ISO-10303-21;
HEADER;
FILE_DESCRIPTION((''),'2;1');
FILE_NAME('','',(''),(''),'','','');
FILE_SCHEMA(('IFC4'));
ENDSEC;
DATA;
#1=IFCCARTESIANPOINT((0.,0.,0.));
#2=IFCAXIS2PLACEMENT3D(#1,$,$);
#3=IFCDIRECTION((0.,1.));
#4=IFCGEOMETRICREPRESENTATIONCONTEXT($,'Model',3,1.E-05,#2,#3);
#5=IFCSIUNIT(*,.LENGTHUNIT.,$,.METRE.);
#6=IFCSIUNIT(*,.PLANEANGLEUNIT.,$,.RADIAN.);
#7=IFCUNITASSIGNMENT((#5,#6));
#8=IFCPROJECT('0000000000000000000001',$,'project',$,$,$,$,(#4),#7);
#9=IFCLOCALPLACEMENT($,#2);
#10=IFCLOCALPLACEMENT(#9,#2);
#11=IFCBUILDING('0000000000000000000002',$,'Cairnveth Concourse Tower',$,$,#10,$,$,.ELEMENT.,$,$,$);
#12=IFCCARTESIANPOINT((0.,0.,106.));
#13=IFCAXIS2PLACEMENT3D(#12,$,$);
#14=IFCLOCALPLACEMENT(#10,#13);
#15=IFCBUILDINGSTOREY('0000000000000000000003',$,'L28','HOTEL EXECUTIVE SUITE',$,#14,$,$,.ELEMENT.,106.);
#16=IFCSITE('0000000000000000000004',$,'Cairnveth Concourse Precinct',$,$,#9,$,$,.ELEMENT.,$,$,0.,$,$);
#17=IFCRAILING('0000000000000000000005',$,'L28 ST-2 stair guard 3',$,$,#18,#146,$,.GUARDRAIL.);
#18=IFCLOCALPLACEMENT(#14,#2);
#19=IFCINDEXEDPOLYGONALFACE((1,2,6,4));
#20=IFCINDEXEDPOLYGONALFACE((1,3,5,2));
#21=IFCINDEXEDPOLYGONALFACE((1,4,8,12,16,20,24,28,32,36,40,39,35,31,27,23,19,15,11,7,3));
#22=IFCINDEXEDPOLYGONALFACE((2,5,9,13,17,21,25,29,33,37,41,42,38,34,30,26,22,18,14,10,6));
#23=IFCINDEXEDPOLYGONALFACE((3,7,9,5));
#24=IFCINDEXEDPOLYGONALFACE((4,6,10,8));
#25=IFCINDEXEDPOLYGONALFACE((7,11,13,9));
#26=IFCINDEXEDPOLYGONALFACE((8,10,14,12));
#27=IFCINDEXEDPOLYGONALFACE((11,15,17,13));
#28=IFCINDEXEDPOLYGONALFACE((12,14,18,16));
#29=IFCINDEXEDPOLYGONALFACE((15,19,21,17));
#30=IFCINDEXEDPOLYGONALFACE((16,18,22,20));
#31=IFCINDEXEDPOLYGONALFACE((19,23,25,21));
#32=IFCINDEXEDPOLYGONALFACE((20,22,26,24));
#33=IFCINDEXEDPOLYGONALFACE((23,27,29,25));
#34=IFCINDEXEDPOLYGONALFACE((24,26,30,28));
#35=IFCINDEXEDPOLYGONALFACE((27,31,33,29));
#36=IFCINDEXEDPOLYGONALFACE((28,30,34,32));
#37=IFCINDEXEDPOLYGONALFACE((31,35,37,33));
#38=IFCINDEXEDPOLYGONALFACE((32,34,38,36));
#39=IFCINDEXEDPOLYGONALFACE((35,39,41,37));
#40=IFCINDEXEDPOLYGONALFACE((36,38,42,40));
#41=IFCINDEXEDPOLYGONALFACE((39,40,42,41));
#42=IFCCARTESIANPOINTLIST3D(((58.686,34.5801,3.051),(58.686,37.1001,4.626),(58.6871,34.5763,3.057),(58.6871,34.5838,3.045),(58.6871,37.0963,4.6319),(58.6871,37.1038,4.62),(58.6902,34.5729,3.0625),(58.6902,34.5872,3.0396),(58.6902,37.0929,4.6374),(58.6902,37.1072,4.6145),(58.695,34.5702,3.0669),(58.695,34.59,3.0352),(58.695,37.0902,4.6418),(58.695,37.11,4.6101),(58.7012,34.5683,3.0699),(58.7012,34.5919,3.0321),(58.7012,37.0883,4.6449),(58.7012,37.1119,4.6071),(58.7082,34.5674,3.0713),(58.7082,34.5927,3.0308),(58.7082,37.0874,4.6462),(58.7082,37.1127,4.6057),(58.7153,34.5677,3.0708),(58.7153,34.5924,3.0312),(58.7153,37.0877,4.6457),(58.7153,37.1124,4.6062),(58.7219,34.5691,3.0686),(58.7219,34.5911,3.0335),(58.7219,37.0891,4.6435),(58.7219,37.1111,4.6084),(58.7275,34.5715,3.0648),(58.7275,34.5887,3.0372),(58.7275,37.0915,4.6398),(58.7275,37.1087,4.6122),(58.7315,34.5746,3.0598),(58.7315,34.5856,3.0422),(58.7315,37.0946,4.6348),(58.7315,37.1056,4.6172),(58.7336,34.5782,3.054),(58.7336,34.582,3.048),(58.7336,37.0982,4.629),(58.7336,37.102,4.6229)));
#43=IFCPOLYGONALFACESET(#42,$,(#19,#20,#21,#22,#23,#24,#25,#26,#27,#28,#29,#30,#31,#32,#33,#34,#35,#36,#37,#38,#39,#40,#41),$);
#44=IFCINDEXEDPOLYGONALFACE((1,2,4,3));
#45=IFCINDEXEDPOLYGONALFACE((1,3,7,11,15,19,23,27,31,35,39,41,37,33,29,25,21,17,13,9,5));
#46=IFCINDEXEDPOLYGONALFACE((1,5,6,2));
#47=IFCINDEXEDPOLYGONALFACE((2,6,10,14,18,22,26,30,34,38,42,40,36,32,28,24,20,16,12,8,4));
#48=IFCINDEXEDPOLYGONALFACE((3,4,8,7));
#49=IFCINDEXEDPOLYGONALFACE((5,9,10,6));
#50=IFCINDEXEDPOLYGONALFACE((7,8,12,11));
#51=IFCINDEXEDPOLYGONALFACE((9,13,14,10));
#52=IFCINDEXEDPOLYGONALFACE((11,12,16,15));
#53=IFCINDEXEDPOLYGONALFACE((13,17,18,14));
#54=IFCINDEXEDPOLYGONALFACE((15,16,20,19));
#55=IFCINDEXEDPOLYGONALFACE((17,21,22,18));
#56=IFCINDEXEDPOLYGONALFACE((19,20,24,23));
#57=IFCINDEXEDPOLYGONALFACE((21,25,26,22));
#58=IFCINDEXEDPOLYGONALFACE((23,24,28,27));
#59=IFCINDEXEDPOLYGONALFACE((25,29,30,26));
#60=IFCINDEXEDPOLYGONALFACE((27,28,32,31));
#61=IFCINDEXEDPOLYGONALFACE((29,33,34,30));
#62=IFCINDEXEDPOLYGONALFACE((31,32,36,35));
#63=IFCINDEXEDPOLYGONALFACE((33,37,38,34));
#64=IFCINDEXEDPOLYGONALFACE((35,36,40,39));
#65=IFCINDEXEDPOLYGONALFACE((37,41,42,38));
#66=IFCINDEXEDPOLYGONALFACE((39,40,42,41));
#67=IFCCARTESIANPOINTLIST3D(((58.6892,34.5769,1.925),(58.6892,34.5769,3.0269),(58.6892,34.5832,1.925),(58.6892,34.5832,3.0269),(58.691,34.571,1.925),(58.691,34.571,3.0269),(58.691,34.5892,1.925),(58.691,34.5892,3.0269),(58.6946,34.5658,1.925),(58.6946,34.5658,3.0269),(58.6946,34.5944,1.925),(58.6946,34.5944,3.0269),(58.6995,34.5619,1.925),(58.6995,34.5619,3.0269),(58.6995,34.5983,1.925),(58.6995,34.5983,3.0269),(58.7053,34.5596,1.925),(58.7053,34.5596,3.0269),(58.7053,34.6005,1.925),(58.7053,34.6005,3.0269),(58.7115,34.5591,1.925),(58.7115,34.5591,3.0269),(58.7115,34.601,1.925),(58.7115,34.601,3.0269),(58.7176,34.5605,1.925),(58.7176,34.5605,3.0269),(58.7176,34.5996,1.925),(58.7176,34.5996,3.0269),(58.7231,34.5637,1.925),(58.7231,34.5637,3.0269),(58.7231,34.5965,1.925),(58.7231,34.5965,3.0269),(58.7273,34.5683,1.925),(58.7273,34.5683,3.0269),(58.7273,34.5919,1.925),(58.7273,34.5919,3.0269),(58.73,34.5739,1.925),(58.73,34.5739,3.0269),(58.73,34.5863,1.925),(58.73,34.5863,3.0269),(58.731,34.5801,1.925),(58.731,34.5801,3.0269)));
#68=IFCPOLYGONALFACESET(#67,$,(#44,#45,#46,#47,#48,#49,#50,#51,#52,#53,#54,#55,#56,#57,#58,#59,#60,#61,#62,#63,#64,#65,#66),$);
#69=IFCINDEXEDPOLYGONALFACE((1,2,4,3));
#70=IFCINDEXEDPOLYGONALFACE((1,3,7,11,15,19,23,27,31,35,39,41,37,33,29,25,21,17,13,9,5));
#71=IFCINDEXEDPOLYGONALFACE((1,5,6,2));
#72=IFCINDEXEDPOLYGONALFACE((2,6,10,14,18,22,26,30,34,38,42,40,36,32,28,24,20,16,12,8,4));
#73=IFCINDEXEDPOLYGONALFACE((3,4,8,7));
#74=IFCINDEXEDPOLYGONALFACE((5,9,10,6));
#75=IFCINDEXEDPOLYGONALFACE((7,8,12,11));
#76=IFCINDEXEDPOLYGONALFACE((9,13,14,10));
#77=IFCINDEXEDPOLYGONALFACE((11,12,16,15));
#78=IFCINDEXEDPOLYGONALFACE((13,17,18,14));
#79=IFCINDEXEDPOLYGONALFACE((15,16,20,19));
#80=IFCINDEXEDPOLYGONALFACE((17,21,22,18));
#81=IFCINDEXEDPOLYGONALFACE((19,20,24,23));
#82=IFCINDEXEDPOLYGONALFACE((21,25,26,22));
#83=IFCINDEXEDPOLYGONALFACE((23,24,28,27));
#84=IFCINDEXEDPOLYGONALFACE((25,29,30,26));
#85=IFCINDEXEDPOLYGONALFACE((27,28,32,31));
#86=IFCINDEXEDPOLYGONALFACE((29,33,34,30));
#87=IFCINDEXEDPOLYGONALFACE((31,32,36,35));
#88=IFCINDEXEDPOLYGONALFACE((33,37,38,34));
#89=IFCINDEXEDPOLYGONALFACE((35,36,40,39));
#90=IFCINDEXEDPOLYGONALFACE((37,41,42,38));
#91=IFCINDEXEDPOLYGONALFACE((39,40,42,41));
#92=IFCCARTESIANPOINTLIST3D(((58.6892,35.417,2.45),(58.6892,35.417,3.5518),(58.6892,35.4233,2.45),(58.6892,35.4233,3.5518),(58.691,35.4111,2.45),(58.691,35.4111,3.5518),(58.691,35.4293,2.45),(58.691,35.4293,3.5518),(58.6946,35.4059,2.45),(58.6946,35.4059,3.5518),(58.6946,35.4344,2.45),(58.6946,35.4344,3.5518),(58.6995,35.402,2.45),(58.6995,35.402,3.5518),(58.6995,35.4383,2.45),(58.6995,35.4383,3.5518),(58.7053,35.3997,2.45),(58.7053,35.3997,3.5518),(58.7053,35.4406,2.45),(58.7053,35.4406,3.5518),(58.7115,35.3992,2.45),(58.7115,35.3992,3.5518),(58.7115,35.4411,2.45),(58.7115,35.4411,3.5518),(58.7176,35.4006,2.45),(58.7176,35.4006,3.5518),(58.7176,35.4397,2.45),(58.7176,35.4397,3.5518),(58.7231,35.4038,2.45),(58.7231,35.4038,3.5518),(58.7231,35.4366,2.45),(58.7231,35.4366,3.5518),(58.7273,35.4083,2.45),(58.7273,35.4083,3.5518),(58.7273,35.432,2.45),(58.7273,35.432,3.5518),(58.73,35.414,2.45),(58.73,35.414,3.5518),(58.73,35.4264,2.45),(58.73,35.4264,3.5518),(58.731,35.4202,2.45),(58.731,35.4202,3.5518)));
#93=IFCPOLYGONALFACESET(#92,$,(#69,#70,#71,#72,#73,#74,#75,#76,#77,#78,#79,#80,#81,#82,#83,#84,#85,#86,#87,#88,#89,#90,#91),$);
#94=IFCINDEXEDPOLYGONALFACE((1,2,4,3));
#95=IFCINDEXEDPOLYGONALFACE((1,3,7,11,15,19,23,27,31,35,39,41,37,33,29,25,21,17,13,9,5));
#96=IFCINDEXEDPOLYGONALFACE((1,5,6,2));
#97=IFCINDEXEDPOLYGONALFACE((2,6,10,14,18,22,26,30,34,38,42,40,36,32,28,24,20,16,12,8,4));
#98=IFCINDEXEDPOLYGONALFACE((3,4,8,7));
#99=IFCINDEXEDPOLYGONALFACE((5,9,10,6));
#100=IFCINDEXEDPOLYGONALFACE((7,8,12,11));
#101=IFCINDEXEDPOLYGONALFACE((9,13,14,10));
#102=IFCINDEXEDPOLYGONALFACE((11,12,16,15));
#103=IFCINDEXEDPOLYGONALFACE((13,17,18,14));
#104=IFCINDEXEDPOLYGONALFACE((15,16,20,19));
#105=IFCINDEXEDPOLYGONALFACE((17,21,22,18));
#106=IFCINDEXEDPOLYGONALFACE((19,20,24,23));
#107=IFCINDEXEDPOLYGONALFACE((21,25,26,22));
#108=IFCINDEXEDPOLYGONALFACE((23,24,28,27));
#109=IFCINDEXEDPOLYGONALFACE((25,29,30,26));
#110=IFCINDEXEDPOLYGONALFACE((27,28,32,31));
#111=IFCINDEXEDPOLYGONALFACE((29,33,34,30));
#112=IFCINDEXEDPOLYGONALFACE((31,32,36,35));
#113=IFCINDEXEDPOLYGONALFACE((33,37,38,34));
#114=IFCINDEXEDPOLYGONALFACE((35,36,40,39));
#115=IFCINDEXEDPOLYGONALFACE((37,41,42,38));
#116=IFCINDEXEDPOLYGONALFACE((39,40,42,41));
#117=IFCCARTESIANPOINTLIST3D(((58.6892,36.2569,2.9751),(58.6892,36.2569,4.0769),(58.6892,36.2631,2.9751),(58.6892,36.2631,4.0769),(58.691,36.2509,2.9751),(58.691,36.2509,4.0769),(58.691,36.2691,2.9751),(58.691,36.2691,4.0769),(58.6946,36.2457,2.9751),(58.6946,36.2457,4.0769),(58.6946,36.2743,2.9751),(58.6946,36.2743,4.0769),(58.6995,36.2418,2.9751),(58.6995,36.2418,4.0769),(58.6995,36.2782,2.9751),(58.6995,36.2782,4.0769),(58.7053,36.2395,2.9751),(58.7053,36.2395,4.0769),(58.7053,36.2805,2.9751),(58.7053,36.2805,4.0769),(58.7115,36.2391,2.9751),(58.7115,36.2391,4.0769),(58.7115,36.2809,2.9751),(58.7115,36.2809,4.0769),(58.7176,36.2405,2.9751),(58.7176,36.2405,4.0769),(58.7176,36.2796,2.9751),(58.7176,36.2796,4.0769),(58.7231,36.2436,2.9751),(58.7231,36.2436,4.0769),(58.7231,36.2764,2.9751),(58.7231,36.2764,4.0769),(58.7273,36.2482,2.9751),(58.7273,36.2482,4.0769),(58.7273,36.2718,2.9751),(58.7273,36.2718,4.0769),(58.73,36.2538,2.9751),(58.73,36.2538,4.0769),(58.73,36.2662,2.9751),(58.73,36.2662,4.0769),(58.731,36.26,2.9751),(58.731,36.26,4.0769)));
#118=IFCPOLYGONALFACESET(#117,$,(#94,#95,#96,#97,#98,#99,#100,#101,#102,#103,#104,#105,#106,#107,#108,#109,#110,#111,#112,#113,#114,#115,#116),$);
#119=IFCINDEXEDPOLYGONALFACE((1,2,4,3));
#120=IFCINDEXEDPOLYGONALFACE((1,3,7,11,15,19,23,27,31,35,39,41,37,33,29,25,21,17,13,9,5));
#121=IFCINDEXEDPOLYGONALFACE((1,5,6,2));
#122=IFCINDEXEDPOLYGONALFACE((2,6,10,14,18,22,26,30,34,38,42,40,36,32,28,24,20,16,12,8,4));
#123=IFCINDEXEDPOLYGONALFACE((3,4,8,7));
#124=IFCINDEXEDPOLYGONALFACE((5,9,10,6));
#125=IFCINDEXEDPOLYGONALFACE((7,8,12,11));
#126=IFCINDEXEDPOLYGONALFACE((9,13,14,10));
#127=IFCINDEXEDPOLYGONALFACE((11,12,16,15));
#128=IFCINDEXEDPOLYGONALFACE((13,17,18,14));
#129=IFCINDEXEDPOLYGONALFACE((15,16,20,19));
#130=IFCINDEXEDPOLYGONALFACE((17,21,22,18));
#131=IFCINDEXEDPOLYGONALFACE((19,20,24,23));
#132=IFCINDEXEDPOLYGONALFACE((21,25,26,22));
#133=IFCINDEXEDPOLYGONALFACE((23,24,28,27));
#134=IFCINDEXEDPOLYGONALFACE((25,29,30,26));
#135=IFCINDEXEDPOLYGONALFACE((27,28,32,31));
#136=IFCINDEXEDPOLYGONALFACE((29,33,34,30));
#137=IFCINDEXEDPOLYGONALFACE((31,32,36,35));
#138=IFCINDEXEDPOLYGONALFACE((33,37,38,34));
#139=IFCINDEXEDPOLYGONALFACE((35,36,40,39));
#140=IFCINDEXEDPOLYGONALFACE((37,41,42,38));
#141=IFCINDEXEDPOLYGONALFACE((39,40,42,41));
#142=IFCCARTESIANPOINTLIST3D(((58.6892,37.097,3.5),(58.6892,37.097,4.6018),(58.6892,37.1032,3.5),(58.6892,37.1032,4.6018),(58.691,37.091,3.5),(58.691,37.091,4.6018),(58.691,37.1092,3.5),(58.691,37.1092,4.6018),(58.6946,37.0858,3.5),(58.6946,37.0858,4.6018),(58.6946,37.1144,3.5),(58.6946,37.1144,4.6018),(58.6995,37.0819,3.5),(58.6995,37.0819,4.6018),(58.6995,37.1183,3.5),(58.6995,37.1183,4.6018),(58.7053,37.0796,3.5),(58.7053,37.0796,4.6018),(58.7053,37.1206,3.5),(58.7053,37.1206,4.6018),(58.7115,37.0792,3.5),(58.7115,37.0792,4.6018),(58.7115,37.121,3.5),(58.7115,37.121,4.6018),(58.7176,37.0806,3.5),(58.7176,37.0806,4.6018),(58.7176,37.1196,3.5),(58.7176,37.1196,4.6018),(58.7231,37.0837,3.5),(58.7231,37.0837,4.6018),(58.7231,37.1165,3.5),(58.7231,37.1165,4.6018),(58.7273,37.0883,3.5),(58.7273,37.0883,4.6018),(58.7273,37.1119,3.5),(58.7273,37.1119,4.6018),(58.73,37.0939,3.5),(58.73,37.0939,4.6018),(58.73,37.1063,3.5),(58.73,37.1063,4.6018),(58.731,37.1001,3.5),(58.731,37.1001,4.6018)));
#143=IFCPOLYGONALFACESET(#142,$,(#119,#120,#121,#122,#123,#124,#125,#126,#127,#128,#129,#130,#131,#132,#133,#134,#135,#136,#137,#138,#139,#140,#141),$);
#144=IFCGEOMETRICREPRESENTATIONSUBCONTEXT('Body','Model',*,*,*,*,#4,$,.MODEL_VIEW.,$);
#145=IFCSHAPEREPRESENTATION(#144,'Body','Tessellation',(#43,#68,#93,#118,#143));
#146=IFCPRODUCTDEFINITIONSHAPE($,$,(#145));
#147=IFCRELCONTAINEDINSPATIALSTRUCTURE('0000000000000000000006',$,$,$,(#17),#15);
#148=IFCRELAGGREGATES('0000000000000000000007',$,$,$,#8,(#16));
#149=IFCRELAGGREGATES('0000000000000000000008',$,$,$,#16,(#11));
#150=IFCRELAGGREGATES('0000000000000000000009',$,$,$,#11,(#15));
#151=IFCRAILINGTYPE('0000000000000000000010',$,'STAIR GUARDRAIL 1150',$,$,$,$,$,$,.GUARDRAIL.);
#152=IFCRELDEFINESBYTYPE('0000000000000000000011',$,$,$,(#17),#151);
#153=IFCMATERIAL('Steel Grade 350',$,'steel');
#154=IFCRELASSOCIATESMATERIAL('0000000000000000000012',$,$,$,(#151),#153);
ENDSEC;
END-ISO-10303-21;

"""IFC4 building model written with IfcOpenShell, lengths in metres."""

from ifc_helpers import new_model, si_unit, direction, frame, origin, origin_2d, place, context, subcontext, project, spatial, circle, extrude, material, type_object, element, save


model = new_model("IFC4")

# Units and contexts
model_context = context("Model", 3, precision=1e-05, world=origin(), true_north=direction((0.0, 1.0)))
body_context = subcontext(model_context, "Body", "Model", "MODEL_VIEW")
ifc_project = project(units=[si_unit("LENGTHUNIT", "METRE"), si_unit("PLANEANGLEUNIT", "RADIAN")], contexts=[model_context])

# Site, building, storey
site_placement = place(None, origin())
site = spatial("IfcSite", under=ifc_project, at=site_placement, Name="Cairnveth Concourse Precinct", CompositionType="ELEMENT", RefElevation=0.0)
building_placement = place(site_placement, origin())
building = spatial("IfcBuilding", under=site, at=building_placement, Name="Cairnveth Concourse Tower", CompositionType="ELEMENT")
storey_placement = place(building_placement, frame((0.0, 0.0, 106.0)))
storey = spatial("IfcBuildingStorey", under=building, at=storey_placement, Name="L28", Description="HOTEL EXECUTIVE SUITE", CompositionType="ELEMENT", Elevation=106.0)

# Shared definitions
ifc_material_1 = material(Name="Steel Grade 350", Category="steel")

# Railing
railing_type_1 = type_object("IfcRailingType", Name="STAIR GUARDRAIL 1150", PredefinedType="GUARDRAIL", material=ifc_material_1)
railing_1_placement = place(storey_placement, frame((58.71, 34.5801, 1.925)))
element("IfcRailing", 1, at=railing_1_placement, inside=storey, type_object=railing_type_1, Name="L28 ST-2 stair guard 3", PredefinedType="GUARDRAIL", context=body_context, shape_type="SweptSolid", body=[
    extrude(circle(Radius=0.0239, at=origin_2d()), frame((0.0, 0.0, 1.126), z_axis=(0.0, 0.848008, 0.529984), x_axis=(-1.0, 0.0, 0.0)), (0.0, 0.0, 1.0), 2.9717),
    extrude(circle(Radius=0.021, at=origin_2d()), origin(), (0.0, 0.0, 1.0), 1.1018),
    extrude(circle(Radius=0.021, at=origin_2d()), frame((0.0, 0.8401, 0.5249)), (0.0, 0.0, 1.0), 1.1018),
    extrude(circle(Radius=0.021, at=origin_2d()), frame((0.0, 1.6799, 1.05)), (0.0, 0.0, 1.0), 1.1018),
    extrude(circle(Radius=0.021, at=origin_2d()), frame((0.0, 2.52, 1.575)), (0.0, 0.0, 1.0), 1.1018),
])

save(model, "model.ifc")
